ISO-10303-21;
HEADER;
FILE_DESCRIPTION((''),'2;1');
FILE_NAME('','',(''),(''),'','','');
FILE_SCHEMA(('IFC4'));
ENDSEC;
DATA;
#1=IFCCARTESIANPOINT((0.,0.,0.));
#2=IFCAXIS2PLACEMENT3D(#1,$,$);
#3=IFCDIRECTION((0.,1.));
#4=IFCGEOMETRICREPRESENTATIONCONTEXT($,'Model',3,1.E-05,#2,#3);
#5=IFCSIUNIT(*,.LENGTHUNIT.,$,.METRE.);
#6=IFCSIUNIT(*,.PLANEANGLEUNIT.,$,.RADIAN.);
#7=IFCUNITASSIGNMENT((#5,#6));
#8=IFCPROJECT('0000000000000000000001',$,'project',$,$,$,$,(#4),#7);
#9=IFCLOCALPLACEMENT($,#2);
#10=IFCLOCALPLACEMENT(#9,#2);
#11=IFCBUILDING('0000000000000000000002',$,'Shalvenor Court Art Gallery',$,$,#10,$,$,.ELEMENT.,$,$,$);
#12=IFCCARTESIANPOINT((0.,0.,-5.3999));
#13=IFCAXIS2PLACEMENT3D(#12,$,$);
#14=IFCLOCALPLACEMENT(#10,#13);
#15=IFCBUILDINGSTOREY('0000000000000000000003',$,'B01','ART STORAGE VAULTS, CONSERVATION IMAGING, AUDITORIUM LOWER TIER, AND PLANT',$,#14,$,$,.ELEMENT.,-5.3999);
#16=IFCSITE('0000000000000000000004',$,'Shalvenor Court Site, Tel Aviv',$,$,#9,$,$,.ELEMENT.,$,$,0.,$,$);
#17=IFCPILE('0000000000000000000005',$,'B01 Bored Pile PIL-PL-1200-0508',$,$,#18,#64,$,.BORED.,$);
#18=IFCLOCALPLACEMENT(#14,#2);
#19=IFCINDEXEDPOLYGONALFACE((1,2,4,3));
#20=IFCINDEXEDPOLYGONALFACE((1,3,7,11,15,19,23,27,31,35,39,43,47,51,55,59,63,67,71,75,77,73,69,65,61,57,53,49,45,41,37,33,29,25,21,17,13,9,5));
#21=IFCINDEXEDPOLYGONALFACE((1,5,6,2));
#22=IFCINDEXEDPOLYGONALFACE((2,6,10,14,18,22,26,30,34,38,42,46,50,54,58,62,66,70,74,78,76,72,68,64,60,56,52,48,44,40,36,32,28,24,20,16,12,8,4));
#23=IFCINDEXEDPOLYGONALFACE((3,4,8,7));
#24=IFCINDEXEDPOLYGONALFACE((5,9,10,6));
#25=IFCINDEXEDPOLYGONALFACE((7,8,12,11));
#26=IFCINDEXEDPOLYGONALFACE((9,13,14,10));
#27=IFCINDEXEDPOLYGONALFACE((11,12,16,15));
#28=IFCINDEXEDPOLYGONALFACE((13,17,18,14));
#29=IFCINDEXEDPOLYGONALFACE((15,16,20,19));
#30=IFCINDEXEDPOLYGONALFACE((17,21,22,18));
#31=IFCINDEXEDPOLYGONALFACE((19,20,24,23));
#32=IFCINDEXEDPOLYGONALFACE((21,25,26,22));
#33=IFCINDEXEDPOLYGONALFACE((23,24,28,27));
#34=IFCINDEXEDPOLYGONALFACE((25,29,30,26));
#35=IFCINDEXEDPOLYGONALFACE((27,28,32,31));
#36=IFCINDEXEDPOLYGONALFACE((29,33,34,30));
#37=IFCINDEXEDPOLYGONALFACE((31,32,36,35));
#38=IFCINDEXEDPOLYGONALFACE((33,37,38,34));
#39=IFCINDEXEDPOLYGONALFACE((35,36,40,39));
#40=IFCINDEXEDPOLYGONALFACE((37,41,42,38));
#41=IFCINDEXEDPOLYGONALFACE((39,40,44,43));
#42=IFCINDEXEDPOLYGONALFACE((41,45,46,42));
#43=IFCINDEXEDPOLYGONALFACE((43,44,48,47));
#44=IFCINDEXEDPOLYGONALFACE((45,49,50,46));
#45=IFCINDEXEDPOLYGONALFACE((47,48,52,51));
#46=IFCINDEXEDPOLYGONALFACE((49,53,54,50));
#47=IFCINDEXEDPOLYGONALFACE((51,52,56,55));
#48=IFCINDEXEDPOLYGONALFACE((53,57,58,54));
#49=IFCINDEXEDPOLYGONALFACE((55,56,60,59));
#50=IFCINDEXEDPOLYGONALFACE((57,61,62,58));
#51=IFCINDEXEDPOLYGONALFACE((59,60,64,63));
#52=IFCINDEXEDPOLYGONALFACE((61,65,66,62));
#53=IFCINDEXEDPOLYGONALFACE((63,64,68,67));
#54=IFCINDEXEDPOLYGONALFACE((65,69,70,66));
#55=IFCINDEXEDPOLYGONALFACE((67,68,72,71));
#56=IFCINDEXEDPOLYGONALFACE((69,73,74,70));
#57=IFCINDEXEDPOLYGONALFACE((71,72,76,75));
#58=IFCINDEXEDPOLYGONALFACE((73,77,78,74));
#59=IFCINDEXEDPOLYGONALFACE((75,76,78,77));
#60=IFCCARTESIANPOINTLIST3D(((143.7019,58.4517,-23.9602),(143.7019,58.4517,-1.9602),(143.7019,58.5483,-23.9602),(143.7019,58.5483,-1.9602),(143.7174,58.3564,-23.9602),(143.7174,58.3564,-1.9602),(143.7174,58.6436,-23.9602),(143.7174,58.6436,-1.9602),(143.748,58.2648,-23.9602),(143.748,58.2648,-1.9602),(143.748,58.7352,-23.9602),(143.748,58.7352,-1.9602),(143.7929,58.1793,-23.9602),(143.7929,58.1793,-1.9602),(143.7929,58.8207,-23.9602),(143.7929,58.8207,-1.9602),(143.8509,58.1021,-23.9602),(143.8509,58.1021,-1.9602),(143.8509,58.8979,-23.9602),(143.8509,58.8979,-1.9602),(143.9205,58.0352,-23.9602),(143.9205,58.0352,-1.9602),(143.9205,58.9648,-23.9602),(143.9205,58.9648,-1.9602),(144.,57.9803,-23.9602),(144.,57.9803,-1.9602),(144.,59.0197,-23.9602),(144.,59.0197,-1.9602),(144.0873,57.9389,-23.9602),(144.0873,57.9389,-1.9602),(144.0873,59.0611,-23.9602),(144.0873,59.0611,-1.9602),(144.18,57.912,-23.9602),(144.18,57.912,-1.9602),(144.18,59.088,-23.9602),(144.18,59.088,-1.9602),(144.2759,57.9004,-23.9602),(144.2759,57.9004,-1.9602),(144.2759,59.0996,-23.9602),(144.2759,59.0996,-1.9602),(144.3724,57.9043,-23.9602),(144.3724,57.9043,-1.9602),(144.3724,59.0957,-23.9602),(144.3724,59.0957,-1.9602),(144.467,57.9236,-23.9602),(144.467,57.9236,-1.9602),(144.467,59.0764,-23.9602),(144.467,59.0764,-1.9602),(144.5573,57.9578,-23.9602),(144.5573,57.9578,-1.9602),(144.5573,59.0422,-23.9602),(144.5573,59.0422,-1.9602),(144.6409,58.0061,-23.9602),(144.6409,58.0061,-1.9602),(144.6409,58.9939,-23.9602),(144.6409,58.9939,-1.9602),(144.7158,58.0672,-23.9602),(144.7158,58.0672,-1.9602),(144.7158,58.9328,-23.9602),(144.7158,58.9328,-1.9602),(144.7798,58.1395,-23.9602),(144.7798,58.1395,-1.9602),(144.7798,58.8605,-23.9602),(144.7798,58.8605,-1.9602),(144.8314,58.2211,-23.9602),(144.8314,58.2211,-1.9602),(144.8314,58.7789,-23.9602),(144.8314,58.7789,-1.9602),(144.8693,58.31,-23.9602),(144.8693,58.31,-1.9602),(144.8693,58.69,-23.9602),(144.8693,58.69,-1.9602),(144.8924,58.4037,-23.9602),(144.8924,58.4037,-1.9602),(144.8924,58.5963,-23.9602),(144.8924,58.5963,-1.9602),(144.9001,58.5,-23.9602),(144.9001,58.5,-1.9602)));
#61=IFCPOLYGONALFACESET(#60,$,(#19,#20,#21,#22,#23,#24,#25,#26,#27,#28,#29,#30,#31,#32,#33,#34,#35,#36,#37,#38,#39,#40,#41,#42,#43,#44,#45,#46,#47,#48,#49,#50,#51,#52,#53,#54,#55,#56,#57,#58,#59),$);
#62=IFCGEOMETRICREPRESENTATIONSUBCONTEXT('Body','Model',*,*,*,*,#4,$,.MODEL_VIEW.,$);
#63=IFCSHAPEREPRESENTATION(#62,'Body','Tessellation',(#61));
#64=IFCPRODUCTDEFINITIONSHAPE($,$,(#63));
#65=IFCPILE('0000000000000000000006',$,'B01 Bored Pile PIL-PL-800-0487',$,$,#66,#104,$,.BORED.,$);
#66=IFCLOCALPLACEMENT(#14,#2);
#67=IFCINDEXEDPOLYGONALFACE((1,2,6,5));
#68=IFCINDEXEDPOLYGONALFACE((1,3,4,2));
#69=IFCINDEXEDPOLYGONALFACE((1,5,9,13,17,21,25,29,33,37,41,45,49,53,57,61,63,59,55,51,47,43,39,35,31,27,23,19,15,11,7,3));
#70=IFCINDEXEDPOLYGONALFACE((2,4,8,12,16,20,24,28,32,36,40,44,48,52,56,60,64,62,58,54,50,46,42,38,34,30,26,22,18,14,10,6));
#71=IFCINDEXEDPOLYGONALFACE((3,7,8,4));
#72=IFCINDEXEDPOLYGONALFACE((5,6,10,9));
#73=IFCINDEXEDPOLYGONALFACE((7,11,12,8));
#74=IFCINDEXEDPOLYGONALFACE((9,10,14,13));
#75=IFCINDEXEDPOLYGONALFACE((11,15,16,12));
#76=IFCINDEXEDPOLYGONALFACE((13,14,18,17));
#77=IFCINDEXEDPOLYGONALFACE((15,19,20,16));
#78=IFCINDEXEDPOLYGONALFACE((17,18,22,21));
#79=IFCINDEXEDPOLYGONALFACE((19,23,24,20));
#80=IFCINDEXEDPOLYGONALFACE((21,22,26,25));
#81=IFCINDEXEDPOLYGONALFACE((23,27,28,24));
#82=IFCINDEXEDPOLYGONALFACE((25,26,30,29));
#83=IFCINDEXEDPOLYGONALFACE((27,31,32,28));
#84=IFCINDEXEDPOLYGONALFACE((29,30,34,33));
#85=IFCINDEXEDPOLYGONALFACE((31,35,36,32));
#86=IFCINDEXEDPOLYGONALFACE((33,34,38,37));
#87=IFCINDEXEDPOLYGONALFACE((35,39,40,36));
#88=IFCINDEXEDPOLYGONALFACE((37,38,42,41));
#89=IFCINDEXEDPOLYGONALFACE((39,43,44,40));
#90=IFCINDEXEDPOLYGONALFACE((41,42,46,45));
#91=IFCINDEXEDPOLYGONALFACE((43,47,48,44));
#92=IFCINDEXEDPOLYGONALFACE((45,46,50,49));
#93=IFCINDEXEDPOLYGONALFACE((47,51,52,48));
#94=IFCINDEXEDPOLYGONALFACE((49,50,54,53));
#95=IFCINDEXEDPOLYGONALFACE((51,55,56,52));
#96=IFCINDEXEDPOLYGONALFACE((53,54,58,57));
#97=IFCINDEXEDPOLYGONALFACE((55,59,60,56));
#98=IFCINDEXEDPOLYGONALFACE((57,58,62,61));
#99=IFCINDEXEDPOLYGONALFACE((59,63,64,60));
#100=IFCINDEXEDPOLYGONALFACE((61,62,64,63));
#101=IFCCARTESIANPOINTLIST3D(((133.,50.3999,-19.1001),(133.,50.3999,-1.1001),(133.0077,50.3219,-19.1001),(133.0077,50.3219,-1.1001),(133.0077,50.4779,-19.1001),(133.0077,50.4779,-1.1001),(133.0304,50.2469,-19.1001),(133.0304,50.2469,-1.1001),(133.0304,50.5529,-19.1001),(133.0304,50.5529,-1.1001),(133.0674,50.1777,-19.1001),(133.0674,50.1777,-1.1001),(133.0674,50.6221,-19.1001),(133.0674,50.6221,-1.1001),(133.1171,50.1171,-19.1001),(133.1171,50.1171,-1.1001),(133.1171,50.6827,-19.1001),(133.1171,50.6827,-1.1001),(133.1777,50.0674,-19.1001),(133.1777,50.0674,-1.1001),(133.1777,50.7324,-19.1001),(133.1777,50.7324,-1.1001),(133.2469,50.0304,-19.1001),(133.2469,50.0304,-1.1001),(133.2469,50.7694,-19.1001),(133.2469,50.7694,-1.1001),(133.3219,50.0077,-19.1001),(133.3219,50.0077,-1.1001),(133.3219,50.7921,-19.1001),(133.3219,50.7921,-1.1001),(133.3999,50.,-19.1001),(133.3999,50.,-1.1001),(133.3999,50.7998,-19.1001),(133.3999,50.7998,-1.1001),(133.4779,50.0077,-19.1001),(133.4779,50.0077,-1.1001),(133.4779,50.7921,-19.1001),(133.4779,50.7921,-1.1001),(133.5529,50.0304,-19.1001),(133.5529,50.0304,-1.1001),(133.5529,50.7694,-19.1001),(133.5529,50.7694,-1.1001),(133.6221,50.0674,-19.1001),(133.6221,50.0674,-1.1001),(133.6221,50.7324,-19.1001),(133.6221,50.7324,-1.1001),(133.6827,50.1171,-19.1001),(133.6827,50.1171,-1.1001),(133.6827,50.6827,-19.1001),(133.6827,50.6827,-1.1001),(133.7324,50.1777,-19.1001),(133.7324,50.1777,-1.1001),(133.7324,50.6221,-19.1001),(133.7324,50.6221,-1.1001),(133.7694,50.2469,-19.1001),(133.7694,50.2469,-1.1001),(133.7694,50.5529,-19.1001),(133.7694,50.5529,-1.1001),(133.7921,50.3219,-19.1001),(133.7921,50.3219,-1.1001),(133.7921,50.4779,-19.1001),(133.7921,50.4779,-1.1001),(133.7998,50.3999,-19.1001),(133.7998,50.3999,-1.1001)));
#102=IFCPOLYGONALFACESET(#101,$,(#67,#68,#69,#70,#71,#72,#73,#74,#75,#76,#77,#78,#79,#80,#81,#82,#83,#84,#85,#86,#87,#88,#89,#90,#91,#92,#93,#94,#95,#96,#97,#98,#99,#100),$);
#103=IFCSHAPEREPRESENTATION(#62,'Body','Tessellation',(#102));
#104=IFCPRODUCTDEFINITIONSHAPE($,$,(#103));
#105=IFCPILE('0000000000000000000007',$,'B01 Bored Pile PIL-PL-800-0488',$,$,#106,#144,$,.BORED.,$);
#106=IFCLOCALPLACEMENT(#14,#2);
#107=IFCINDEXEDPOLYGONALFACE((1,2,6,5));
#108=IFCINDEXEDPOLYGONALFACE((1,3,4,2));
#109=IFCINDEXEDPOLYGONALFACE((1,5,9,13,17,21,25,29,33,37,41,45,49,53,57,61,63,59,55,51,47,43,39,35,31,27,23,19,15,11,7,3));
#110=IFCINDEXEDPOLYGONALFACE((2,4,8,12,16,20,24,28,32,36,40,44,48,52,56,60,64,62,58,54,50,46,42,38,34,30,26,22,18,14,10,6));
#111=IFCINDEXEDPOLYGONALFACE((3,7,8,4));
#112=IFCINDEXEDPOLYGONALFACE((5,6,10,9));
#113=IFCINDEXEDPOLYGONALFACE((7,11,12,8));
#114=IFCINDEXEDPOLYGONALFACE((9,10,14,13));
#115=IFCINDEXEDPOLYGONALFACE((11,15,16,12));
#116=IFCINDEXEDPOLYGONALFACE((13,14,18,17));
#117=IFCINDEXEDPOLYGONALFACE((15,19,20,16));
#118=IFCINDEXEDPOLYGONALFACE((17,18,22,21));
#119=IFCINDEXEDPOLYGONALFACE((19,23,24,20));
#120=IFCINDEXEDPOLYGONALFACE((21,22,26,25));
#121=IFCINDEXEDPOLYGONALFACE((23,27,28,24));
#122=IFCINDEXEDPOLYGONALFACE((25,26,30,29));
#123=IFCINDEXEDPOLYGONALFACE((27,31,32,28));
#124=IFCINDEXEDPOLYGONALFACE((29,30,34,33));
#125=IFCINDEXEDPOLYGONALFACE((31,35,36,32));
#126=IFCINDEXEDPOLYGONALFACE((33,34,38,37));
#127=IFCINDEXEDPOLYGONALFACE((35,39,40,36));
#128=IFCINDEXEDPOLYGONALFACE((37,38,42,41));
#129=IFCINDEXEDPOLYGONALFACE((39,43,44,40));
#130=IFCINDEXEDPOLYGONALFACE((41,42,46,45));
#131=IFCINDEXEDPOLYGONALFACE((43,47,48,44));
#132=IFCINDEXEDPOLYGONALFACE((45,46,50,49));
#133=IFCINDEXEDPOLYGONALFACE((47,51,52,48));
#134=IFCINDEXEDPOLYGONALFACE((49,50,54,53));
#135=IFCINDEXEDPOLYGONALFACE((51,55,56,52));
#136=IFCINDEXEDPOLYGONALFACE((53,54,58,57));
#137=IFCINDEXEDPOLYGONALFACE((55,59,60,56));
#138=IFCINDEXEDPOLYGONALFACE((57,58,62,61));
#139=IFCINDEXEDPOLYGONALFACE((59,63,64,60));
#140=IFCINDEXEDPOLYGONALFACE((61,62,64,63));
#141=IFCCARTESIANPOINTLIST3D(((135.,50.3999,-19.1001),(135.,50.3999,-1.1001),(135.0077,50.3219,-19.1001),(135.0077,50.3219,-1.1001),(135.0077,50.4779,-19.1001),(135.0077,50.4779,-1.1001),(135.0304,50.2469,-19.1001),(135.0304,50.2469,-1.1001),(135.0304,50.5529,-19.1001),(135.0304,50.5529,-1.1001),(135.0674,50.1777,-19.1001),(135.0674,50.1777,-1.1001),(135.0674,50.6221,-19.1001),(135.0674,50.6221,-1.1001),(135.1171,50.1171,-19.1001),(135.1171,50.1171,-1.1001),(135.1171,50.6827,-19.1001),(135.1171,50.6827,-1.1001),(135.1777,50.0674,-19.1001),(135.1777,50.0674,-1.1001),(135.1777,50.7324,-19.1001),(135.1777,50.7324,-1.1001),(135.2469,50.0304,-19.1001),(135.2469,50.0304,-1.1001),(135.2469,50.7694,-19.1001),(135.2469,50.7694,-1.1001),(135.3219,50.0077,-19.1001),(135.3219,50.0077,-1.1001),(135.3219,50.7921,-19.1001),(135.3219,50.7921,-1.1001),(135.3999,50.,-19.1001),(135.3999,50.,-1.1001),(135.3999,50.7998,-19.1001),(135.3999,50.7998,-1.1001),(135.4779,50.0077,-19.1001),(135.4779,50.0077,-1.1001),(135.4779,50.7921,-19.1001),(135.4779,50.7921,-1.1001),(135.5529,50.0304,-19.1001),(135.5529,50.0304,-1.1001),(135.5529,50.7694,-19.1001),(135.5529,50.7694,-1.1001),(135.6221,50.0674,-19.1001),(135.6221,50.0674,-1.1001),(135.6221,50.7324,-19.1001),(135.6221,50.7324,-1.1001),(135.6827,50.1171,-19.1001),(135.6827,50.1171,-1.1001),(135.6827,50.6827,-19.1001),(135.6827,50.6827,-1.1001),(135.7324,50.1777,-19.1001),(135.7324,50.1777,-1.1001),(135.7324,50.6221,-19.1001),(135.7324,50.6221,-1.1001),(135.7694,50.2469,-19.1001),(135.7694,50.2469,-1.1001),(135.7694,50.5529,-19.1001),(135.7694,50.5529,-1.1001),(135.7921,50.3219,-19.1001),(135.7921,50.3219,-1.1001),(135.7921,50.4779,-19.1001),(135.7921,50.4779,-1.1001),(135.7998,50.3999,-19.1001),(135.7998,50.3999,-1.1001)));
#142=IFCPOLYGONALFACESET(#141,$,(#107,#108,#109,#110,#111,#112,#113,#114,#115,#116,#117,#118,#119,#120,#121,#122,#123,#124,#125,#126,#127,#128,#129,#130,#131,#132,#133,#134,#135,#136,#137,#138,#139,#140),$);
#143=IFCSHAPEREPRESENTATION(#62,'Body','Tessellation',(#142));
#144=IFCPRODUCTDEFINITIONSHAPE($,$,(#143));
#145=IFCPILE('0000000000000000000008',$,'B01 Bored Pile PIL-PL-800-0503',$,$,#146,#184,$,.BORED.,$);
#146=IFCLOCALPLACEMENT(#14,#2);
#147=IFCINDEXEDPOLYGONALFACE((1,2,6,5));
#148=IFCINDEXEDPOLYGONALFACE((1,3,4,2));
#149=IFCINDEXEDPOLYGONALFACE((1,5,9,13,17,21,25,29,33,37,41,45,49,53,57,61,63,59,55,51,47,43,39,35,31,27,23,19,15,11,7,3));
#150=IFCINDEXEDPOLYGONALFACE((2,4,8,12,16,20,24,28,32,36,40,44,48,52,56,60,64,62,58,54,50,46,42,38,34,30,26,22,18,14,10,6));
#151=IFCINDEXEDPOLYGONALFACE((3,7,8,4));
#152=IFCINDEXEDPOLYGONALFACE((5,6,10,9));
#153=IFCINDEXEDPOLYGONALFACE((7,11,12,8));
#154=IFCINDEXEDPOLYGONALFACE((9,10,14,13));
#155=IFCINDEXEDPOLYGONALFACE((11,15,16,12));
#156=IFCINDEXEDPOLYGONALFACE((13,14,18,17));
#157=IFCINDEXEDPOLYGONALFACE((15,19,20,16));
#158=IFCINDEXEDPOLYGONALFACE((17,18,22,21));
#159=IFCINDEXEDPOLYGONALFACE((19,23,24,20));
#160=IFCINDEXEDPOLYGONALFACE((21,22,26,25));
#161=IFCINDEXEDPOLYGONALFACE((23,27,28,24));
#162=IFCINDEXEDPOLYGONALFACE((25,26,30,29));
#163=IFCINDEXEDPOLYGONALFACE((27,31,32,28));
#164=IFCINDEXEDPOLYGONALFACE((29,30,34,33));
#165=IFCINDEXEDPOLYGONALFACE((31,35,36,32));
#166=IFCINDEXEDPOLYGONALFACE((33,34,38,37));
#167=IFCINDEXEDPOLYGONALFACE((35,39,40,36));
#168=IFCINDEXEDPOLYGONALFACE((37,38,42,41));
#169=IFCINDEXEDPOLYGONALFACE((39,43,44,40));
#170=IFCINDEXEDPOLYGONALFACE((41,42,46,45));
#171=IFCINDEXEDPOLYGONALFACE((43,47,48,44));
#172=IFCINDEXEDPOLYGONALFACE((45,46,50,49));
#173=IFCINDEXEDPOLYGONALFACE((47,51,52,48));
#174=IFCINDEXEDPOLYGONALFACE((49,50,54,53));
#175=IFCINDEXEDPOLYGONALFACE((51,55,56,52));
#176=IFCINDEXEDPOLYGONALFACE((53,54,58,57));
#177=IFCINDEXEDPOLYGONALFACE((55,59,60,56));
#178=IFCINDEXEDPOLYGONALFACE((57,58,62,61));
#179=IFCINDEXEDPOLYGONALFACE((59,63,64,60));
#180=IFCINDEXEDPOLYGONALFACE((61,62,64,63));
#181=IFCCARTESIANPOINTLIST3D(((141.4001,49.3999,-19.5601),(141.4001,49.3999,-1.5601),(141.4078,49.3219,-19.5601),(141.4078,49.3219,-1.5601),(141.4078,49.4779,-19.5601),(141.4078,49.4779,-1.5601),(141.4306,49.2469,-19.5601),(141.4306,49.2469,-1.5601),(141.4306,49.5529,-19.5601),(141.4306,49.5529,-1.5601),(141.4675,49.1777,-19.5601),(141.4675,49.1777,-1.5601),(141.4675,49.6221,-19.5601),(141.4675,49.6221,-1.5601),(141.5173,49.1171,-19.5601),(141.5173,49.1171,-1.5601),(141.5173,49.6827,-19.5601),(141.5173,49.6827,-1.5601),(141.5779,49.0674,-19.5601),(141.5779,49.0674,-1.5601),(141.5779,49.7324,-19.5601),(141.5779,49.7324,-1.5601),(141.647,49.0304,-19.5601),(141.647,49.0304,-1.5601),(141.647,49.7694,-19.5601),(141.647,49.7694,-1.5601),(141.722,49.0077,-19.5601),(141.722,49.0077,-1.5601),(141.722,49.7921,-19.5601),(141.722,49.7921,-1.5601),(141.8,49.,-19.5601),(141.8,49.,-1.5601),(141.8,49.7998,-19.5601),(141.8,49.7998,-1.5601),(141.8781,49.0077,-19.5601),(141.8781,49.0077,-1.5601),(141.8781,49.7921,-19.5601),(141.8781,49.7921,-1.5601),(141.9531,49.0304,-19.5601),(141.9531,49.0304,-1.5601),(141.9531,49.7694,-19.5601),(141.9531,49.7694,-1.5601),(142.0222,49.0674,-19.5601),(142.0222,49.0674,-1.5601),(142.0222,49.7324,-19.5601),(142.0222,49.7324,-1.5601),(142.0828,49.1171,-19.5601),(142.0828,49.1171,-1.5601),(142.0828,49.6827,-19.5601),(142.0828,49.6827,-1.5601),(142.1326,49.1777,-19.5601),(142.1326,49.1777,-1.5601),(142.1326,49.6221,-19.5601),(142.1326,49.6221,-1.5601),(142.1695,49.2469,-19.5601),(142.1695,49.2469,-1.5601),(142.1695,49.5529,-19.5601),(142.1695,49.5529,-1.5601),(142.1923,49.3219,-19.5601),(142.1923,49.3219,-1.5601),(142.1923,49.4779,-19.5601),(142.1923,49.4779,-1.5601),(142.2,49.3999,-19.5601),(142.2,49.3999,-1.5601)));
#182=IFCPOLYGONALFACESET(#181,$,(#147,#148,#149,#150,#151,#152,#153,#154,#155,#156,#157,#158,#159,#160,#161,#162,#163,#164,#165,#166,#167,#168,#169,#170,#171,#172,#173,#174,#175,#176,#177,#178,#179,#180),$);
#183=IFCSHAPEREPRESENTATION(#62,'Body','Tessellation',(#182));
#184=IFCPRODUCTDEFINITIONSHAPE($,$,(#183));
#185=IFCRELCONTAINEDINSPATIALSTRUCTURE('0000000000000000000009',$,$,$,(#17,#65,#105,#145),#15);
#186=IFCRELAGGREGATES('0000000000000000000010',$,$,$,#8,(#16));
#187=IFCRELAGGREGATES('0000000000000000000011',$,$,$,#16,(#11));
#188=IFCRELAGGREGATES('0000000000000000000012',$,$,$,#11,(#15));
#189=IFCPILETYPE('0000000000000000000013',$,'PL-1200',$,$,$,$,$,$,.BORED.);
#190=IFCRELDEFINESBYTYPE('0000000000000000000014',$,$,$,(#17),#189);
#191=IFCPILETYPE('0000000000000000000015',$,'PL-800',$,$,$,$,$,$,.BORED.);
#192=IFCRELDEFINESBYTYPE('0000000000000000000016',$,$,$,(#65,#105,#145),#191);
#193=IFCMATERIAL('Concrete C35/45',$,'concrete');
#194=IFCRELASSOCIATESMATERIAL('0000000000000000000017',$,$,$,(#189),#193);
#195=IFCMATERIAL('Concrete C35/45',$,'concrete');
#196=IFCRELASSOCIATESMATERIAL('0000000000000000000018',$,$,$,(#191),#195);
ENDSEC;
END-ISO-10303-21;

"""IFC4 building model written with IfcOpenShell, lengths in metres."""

from ifc_helpers import new_model, si_unit, direction, frame, origin, origin_2d, place, context, subcontext, project, spatial, circle, extrude, material, material_profile, profile_set, type_object, element, save


model = new_model("IFC4")

# Units and contexts
model_context = context("Model", 3, precision=1e-05, world=origin(), true_north=direction((0.0, 1.0)))
body_context = subcontext(model_context, "Body", "Model", "MODEL_VIEW")
ifc_project = project(units=[si_unit("LENGTHUNIT", "METRE"), si_unit("PLANEANGLEUNIT", "RADIAN")], contexts=[model_context])

# Site, building, storey
site_placement = place(None, origin())
site = spatial("IfcSite", under=ifc_project, at=site_placement, Name="Shalvenor Court Site, Tel Aviv", CompositionType="ELEMENT", RefElevation=0.0)
building_placement = place(site_placement, origin())
building = spatial("IfcBuilding", under=site, at=building_placement, Name="Shalvenor Court Art Gallery", CompositionType="ELEMENT")
storey_placement = place(building_placement, frame((0.0, 0.0, -5.3999)))
storey = spatial("IfcBuildingStorey", under=building, at=storey_placement, Name="B01", Description="ART STORAGE VAULTS, CONSERVATION IMAGING, AUDITORIUM LOWER TIER, AND PLANT", CompositionType="ELEMENT", Elevation=-5.3999)

# Piles
ifc_material_1 = material(Name="Concrete C35/45", Category="concrete")
ifc_material_profile_1 = material_profile(ifc_material_1, circle(Radius=0.6001, at=origin_2d()), Name="PILE 1200")
ifc_profile_set_1 = profile_set([ifc_material_profile_1], Name="Concrete C35/45")
pile_type_1 = type_object("IfcPileType", Name="PL-1200", PredefinedType="BORED", material=ifc_profile_set_1)
for number, where, z_axis, x_axis, name in (
    (1, (144.3, 58.5, -1.9602), (0.0, 0.0, -1.0), (1.0, 0.0, 0.0), "B01 Bored Pile PIL-PL-1200-0508"),
):
    element("IfcPile", number, at=place(storey_placement, frame(where, z_axis=z_axis, x_axis=x_axis)), inside=storey, type_object=pile_type_1, Name=name, PredefinedType="BORED", context=body_context, shape_type="SweptSolid", body=[
        extrude(circle(Radius=0.6001, at=origin_2d()), origin(), (0.0, 0.0, 1.0), 22.0),
    ])
ifc_material_2 = material(Name="Concrete C35/45", Category="concrete")
ifc_material_profile_2 = material_profile(ifc_material_2, circle(Radius=0.3999, at=origin_2d()), Name="PILE 800")
ifc_profile_set_2 = profile_set([ifc_material_profile_2], Name="Concrete C35/45")
pile_type_2 = type_object("IfcPileType", Name="PL-800", PredefinedType="BORED", material=ifc_profile_set_2)
for number, where, z_axis, x_axis, name in (
    (2, (133.3999, 50.3999, -1.1001), (0.0, 0.0, -1.0), (1.0, 0.0, 0.0), "B01 Bored Pile PIL-PL-800-0487"),
    (3, (135.3999, 50.3999, -1.1001), (0.0, 0.0, -1.0), (1.0, 0.0, 0.0), "B01 Bored Pile PIL-PL-800-0488"),
    (4, (141.8, 49.3999, -1.5601), (0.0, 0.0, -1.0), (1.0, 0.0, 0.0), "B01 Bored Pile PIL-PL-800-0503"),
):
    element("IfcPile", number, at=place(storey_placement, frame(where, z_axis=z_axis, x_axis=x_axis)), inside=storey, type_object=pile_type_2, Name=name, PredefinedType="BORED", context=body_context, shape_type="SweptSolid", body=[
        extrude(circle(Radius=0.3999, at=origin_2d()), origin(), (0.0, 0.0, 1.0), 18.0),
    ])

save(model, "model.ifc")
